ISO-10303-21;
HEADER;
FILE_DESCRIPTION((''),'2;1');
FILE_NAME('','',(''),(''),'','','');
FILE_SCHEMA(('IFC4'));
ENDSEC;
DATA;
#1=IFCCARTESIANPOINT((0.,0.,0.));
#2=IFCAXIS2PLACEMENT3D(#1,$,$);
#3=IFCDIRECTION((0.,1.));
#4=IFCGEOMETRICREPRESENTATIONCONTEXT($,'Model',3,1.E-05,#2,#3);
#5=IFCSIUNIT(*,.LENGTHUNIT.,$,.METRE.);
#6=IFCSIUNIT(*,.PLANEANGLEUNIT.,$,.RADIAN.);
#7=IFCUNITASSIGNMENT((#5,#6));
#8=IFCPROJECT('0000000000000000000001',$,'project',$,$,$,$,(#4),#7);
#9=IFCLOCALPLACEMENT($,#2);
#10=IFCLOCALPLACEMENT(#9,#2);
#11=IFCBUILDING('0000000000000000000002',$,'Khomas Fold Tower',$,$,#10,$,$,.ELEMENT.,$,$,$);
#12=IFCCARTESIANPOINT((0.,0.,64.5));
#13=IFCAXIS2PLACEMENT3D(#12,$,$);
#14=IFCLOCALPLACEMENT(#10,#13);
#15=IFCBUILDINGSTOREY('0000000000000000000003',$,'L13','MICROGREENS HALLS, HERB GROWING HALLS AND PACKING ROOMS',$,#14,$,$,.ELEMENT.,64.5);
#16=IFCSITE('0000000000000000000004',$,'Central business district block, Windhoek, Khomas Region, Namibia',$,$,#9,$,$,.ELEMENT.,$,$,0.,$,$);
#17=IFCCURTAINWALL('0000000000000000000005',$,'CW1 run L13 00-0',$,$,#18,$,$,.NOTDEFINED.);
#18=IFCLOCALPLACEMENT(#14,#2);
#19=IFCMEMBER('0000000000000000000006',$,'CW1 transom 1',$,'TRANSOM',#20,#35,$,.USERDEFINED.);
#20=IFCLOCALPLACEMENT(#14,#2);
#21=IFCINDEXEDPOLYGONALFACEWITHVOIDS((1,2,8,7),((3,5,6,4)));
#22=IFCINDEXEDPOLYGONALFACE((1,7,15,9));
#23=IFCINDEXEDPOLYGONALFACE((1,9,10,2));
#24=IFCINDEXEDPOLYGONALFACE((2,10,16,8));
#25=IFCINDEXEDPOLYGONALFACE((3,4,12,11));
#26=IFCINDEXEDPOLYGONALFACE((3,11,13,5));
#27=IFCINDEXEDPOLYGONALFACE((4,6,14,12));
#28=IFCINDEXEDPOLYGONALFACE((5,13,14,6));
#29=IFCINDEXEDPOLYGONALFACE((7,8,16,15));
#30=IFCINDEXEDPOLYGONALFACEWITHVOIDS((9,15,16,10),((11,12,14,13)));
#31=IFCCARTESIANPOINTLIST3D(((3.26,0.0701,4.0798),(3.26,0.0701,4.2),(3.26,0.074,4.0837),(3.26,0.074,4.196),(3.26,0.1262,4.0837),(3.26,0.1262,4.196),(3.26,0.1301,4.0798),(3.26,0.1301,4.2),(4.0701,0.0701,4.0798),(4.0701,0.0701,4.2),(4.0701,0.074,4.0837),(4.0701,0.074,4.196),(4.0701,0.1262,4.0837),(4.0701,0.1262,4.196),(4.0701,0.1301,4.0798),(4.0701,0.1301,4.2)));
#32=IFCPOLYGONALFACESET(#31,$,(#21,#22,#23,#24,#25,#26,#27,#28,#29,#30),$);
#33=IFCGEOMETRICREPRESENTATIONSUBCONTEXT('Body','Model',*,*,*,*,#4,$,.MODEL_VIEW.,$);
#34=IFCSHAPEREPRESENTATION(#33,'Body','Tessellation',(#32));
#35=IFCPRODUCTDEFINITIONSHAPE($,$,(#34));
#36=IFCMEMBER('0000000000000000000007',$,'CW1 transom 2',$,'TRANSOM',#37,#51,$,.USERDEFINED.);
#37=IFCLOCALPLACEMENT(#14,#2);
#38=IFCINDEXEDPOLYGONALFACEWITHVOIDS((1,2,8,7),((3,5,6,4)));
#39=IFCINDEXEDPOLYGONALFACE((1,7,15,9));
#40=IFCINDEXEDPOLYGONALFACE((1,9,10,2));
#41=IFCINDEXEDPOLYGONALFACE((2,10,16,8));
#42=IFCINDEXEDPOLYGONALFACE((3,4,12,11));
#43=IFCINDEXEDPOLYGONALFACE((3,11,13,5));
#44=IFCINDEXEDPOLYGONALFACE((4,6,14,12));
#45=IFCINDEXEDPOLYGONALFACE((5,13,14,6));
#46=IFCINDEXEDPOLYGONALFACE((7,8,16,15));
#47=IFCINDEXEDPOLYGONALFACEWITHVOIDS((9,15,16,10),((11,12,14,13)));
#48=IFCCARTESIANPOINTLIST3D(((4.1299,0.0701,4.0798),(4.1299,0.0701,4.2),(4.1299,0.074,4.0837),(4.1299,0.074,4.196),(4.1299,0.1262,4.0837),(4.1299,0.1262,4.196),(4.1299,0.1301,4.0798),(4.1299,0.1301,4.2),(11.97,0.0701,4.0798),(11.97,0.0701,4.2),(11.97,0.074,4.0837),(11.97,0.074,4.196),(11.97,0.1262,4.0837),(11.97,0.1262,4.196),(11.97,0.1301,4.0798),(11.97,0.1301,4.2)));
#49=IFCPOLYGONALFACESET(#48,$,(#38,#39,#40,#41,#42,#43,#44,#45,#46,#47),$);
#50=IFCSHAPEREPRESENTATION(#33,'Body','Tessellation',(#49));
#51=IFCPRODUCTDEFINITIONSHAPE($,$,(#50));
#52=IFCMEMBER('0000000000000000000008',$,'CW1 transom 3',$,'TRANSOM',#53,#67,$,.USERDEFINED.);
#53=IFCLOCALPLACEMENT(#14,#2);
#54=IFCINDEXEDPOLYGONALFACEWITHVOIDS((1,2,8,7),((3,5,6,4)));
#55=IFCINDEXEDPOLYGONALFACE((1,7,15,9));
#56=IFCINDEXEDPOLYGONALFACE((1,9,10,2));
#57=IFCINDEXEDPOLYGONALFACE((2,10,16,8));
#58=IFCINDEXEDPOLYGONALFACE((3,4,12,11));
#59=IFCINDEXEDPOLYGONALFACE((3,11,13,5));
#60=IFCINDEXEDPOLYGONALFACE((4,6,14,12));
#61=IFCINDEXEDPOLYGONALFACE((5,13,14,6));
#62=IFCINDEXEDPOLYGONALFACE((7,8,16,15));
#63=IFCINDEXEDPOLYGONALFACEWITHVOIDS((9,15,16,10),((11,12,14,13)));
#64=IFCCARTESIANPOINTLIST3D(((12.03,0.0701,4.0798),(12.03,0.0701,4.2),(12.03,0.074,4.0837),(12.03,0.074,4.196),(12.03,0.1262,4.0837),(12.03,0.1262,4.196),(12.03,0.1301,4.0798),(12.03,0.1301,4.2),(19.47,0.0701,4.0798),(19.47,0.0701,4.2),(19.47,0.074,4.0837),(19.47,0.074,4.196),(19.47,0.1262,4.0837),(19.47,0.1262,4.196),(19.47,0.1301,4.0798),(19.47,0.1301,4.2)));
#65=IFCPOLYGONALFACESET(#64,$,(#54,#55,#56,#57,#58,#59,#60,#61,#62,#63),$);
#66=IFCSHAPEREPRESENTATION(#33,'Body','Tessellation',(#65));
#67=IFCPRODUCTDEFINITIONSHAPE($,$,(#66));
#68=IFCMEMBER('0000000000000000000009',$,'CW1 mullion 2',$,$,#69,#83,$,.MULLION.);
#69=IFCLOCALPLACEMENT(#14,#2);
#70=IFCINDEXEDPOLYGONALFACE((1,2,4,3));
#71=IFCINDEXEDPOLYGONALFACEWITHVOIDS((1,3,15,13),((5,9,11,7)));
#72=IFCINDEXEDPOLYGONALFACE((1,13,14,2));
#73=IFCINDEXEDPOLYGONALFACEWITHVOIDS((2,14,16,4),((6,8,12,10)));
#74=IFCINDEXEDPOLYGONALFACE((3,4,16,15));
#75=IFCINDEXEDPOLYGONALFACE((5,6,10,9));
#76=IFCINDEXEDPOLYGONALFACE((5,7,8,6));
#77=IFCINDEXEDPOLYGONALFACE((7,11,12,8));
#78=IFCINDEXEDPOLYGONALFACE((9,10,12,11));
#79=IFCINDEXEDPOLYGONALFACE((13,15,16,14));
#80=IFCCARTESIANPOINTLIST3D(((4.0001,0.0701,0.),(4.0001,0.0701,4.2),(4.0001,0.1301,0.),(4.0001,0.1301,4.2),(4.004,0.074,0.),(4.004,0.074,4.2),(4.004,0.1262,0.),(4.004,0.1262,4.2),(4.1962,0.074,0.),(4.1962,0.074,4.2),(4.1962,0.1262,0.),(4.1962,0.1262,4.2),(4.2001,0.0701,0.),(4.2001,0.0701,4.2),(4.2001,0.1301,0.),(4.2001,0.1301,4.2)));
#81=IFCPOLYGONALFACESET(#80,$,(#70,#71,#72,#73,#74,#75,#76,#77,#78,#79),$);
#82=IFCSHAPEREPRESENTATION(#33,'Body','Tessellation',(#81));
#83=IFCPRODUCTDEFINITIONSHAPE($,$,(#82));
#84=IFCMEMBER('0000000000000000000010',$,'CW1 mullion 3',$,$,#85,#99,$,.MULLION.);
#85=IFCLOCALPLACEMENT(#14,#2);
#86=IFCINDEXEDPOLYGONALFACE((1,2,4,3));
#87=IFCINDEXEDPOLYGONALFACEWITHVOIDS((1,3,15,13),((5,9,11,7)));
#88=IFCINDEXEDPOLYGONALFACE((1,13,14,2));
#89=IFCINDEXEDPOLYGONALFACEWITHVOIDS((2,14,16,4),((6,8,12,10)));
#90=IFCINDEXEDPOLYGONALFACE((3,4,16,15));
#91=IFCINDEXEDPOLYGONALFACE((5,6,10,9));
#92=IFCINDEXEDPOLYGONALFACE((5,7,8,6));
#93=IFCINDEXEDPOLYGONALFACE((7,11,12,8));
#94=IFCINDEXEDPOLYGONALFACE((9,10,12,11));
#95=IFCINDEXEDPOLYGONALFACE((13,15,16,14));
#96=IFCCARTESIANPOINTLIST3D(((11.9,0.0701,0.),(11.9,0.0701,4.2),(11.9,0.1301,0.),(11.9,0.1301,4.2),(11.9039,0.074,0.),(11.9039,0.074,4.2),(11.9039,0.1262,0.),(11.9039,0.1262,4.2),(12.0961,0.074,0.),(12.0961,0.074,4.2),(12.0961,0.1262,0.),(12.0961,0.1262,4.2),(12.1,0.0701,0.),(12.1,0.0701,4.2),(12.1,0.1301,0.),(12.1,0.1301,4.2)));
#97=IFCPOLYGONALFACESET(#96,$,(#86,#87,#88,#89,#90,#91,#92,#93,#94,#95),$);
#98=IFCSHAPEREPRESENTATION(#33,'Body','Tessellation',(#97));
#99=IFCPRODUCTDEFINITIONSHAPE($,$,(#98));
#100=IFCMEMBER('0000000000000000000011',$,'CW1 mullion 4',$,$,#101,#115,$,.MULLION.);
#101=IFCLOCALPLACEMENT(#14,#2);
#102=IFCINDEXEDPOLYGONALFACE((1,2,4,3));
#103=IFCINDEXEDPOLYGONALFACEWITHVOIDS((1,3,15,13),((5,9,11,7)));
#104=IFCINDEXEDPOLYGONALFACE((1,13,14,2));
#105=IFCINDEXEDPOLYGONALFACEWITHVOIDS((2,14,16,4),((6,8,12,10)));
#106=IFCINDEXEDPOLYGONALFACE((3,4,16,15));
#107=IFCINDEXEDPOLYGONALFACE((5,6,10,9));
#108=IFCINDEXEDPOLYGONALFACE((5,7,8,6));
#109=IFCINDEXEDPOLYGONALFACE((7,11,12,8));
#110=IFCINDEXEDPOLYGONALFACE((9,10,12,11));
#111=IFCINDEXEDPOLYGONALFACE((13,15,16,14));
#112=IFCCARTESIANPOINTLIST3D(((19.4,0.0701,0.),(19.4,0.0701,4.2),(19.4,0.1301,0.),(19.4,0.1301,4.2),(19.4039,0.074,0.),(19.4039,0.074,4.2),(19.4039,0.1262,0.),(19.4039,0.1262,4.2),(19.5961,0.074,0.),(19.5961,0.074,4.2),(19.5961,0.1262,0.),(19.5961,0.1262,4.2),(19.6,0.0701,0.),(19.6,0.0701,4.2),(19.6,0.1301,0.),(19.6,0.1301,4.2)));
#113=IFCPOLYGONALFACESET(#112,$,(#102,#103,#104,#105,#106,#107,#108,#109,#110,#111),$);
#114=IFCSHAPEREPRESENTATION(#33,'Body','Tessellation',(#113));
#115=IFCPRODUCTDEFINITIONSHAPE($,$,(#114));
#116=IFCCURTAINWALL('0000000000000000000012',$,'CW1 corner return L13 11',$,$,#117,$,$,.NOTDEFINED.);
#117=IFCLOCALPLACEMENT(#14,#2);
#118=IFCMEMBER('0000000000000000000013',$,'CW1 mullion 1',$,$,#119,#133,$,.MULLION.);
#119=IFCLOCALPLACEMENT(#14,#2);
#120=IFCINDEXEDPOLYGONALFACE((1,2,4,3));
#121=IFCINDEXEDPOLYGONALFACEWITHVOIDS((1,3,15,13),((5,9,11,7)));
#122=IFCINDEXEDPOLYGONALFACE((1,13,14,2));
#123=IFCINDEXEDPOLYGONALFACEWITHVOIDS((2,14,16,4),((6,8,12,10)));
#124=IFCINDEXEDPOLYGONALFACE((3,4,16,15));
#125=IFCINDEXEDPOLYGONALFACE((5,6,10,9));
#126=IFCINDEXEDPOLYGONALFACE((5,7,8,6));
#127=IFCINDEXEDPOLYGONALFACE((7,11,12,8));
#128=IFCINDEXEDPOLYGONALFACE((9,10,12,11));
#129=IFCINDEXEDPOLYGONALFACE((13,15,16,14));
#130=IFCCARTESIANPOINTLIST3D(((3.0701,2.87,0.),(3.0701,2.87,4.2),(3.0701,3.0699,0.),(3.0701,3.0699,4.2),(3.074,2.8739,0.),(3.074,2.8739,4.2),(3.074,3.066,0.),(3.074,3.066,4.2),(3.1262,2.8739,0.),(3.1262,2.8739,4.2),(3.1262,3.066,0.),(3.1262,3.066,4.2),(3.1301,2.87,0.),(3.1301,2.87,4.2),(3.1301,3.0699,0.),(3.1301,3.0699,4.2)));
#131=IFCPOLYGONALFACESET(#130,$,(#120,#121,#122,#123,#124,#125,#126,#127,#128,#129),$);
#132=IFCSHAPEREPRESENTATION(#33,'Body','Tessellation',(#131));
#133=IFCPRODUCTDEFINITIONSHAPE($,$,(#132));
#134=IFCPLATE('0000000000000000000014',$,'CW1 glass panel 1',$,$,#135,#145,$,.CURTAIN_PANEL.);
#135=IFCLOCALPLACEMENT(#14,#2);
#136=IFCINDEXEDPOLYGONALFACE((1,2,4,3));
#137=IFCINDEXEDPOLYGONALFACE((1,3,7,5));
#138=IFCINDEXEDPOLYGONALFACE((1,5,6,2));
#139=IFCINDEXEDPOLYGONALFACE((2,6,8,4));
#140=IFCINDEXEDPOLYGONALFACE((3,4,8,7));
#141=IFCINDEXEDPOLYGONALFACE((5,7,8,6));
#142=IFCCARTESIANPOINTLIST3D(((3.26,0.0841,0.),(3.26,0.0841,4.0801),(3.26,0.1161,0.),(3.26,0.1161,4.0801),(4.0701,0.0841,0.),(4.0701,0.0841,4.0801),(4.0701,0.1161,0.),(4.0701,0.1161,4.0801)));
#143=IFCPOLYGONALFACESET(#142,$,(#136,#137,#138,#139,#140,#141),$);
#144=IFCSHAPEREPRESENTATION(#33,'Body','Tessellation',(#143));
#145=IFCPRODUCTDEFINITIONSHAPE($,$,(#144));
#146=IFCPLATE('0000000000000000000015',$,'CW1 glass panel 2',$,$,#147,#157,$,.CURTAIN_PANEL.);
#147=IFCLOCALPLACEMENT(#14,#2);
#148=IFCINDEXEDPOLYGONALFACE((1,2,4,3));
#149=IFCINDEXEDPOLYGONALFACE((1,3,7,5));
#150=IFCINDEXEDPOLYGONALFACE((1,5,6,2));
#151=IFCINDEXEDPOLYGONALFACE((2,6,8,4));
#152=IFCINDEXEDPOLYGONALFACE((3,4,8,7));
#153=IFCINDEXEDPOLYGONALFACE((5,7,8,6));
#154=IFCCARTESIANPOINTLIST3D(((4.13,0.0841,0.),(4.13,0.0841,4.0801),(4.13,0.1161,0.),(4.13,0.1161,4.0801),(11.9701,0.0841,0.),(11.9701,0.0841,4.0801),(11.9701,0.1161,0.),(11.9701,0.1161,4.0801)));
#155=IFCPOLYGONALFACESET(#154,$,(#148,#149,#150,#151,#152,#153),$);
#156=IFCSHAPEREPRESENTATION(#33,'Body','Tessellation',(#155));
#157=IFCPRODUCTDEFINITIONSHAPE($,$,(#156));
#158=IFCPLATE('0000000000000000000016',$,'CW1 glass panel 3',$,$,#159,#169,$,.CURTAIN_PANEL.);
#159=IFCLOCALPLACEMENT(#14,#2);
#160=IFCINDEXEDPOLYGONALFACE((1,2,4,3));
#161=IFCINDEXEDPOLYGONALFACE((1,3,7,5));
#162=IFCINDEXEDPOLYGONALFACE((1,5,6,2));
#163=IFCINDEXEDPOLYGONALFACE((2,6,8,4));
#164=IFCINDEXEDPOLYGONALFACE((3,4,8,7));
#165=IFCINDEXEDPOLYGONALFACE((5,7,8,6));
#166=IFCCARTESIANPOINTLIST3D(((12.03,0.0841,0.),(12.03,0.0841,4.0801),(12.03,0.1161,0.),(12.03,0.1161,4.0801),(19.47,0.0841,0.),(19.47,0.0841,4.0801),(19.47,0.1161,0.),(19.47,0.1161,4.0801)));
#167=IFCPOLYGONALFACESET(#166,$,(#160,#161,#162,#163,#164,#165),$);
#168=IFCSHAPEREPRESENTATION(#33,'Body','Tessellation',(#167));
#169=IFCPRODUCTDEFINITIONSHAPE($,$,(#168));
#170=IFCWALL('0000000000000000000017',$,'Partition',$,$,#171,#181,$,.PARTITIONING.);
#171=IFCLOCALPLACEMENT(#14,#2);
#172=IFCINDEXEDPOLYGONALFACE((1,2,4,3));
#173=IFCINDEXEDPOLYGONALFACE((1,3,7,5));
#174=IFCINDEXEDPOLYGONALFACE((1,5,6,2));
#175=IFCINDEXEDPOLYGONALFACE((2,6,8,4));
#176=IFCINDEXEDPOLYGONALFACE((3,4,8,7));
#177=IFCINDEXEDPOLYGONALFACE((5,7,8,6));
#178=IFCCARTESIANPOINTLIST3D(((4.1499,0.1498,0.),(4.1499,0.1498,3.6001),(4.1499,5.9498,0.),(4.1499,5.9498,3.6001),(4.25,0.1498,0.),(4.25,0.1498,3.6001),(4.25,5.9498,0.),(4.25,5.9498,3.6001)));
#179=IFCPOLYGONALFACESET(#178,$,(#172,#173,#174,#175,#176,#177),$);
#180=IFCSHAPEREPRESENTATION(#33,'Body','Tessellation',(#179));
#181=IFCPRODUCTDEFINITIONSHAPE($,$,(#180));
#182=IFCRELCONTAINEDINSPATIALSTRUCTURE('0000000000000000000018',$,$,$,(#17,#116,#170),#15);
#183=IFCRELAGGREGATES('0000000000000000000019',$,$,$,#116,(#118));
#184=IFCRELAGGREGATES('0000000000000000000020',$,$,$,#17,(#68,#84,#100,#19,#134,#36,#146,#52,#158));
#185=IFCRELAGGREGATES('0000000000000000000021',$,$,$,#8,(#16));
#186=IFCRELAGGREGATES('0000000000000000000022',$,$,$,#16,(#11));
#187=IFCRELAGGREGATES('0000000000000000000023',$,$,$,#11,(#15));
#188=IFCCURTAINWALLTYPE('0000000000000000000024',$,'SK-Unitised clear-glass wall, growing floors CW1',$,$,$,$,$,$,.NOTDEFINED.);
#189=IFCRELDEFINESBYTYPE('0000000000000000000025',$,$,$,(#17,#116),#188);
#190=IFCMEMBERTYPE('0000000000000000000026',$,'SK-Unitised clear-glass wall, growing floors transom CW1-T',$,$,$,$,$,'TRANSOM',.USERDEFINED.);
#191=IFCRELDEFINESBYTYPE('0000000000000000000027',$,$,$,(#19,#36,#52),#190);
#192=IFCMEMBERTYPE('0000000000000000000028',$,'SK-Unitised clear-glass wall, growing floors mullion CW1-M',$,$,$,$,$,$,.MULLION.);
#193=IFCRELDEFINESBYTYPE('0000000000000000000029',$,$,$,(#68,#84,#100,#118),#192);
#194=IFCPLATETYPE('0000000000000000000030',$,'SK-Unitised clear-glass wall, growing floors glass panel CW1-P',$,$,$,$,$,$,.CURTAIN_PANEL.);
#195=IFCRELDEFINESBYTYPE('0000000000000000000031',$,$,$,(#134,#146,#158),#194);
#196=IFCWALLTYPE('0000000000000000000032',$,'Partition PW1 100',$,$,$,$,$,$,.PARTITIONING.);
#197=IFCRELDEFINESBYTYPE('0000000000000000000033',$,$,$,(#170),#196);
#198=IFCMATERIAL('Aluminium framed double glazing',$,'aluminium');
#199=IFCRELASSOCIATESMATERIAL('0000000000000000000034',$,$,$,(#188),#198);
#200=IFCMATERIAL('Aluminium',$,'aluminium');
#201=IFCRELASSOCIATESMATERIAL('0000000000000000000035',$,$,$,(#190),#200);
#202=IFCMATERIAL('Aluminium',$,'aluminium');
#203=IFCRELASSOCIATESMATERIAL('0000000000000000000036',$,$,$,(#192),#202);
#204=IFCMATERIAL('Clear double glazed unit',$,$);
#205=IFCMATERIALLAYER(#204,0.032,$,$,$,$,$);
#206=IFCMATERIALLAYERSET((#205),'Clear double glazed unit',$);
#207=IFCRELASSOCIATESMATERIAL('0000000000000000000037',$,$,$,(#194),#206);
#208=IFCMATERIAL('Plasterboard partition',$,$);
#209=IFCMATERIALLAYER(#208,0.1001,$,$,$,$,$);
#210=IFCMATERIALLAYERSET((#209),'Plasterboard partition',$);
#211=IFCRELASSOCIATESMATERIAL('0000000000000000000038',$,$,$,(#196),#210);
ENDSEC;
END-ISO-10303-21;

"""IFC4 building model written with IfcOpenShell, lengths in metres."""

from ifc_helpers import new_model, si_unit, direction, frame, frame_2d, origin, origin_2d, place, context, subcontext, project, spatial, rectangle, hollow_rectangle, extrude, source, transform, mapped, material, layer, layer_set, material_profile, profile_set, type_object, element, aggregate, save


model = new_model("IFC4")

# Units and contexts
model_context = context("Model", 3, precision=1e-05, world=origin(), true_north=direction((0.0, 1.0)))
body_context = subcontext(model_context, "Body", "Model", "MODEL_VIEW")
ifc_project = project(units=[si_unit("LENGTHUNIT", "METRE"), si_unit("PLANEANGLEUNIT", "RADIAN")], contexts=[model_context])

# Site, building, storey
site_placement = place(None, origin())
site = spatial("IfcSite", under=ifc_project, at=site_placement, Name="Central business district block, Windhoek, Khomas Region, Namibia", CompositionType="ELEMENT", RefElevation=0.0)
building_placement = place(site_placement, origin())
building = spatial("IfcBuilding", under=site, at=building_placement, Name="Khomas Fold Tower", CompositionType="ELEMENT")
storey_placement = place(building_placement, frame((0.0, 0.0, 64.5)))
storey = spatial("IfcBuildingStorey", under=building, at=storey_placement, Name="L13", Description="MICROGREENS HALLS, HERB GROWING HALLS AND PACKING ROOMS", CompositionType="ELEMENT", Elevation=64.5)

# Curtain wall, members
ifc_material_1 = material(Name="Aluminium framed double glazing", Category="aluminium")
curtain_wall_type = type_object("IfcCurtainWallType", Name="SK-Unitised clear-glass wall, growing floors CW1", PredefinedType="NOTDEFINED", material=ifc_material_1)
curtain_wall_1_placement = place(storey_placement, origin())
curtain_wall_1 = element("IfcCurtainWall", 1, at=curtain_wall_1_placement, inside=storey, type_object=curtain_wall_type, Name="CW1 run L13 00-0", PredefinedType="NOTDEFINED")
ifc_material_2 = material(Name="Aluminium", Category="aluminium")
ifc_material_profile_1 = material_profile(ifc_material_2, hollow_rectangle(XDim=0.0601, YDim=0.1201, WallThickness=0.0039, at=origin_2d()), Name="SK-Unitised clear-glass wall, growing floors transom CW1-T")
ifc_profile_set_1 = profile_set([ifc_material_profile_1], Name="Aluminium")
member_type_1 = type_object("IfcMemberType", Name="SK-Unitised clear-glass wall, growing floors transom CW1-T", ElementType="TRANSOM", PredefinedType="USERDEFINED", material=ifc_profile_set_1)
shared_shape_1 = source(origin(), body_context, "Body", "SweptSolid", [
    extrude(hollow_rectangle(XDim=0.0601, YDim=0.1201, WallThickness=0.0039, at=origin_2d()), origin(), (0.0, 0.0, 1.0), 0.8101),
])
member_1_placement = place(storey_placement, frame((3.26, 0.1001, 4.1399), z_axis=(1.0, 0.0, 0.0), x_axis=(0.0, 1.0, 0.0)))
member_1 = element("IfcMember", 2, at=member_1_placement, type_object=member_type_1, Name="CW1 transom 1", ObjectType="TRANSOM", PredefinedType="USERDEFINED", context=body_context, shape_type="MappedRepresentation", body=[
    mapped(shared_shape_1, transform((0.0, 0.0, 0.0))),
])
shared_shape_2 = source(origin(), body_context, "Body", "SweptSolid", [
    extrude(hollow_rectangle(XDim=0.0601, YDim=0.1201, WallThickness=0.0039, at=origin_2d()), origin(), (0.0, 0.0, 1.0), 7.8401),
])
member_2_placement = place(storey_placement, frame((4.1299, 0.1001, 4.1399), z_axis=(1.0, 0.0, 0.0), x_axis=(0.0, 1.0, 0.0)))
member_2 = element("IfcMember", 3, at=member_2_placement, type_object=member_type_1, Name="CW1 transom 2", ObjectType="TRANSOM", PredefinedType="USERDEFINED", context=body_context, shape_type="MappedRepresentation", body=[
    mapped(shared_shape_2, transform((0.0, 0.0, 0.0))),
])
shared_shape_3 = source(origin(), body_context, "Body", "SweptSolid", [
    extrude(hollow_rectangle(XDim=0.0601, YDim=0.1201, WallThickness=0.0039, at=origin_2d()), origin(), (0.0, 0.0, 1.0), 7.4399),
])
member_3_placement = place(storey_placement, frame((12.03, 0.1001, 4.1399), z_axis=(1.0, 0.0, 0.0), x_axis=(0.0, 1.0, 0.0)))
member_3 = element("IfcMember", 4, at=member_3_placement, type_object=member_type_1, Name="CW1 transom 3", ObjectType="TRANSOM", PredefinedType="USERDEFINED", context=body_context, shape_type="MappedRepresentation", body=[
    mapped(shared_shape_3, transform((0.0, 0.0, 0.0))),
])
ifc_material_3 = material(Name="Aluminium", Category="aluminium")
ifc_material_profile_2 = material_profile(ifc_material_3, hollow_rectangle(XDim=0.0601, YDim=0.2, WallThickness=0.0039, at=origin_2d()), Name="SK-Unitised clear-glass wall, growing floors mullion CW1-M")
ifc_profile_set_2 = profile_set([ifc_material_profile_2], Name="Aluminium")
member_type_2 = type_object("IfcMemberType", Name="SK-Unitised clear-glass wall, growing floors mullion CW1-M", PredefinedType="MULLION", material=ifc_profile_set_2)
shared_shape_4 = source(origin(), body_context, "Body", "SweptSolid", [
    extrude(hollow_rectangle(XDim=0.0601, YDim=0.2, WallThickness=0.0039, at=origin_2d()), origin(), (0.0, 0.0, 1.0), 4.2),
])
member_4_placement = place(storey_placement, frame((4.1001, 0.1001, 0.0), z_axis=(0.0, 0.0, 1.0), x_axis=(0.0, 1.0, 0.0)))
member_4 = element("IfcMember", 5, at=member_4_placement, type_object=member_type_2, Name="CW1 mullion 2", PredefinedType="MULLION", context=body_context, shape_type="MappedRepresentation", body=[
    mapped(shared_shape_4, transform((0.0, 0.0, 0.0))),
])
member_5_placement = place(storey_placement, frame((12.0, 0.1001, 0.0), z_axis=(0.0, 0.0, 1.0), x_axis=(0.0, 1.0, 0.0)))
member_5 = element("IfcMember", 6, at=member_5_placement, type_object=member_type_2, Name="CW1 mullion 3", PredefinedType="MULLION", context=body_context, shape_type="MappedRepresentation", body=[
    mapped(shared_shape_4, transform((0.0, 0.0, 0.0))),
])
member_6_placement = place(storey_placement, frame((19.5, 0.1001, 0.0), z_axis=(0.0, 0.0, 1.0), x_axis=(0.0, 1.0, 0.0)))
member_6 = element("IfcMember", 7, at=member_6_placement, type_object=member_type_2, Name="CW1 mullion 4", PredefinedType="MULLION", context=body_context, shape_type="MappedRepresentation", body=[
    mapped(shared_shape_4, transform((0.0, 0.0, 0.0))),
])

# Curtain wall, member
curtain_wall_2_placement = place(storey_placement, origin())
curtain_wall_2 = element("IfcCurtainWall", 8, at=curtain_wall_2_placement, inside=storey, type_object=curtain_wall_type, Name="CW1 corner return L13 11", PredefinedType="NOTDEFINED")
member_7_placement = place(storey_placement, frame((3.1001, 2.97, 0.0), z_axis=(0.0, 0.0, 1.0), x_axis=(1.0, 0.0, 0.0)))
member_7 = element("IfcMember", 9, at=member_7_placement, type_object=member_type_2, Name="CW1 mullion 1", PredefinedType="MULLION", context=body_context, shape_type="MappedRepresentation", body=[
    mapped(shared_shape_4, transform((0.0, 0.0, 0.0))),
])
aggregate(curtain_wall_2, [member_7])

# Plates
ifc_material_4 = material(Name="Clear double glazed unit")
ifc_layer_1 = layer(ifc_material_4, 0.032)
ifc_layer_set_1 = layer_set([ifc_layer_1], Name="Clear double glazed unit")
plate_type = type_object("IfcPlateType", Name="SK-Unitised clear-glass wall, growing floors glass panel CW1-P", PredefinedType="CURTAIN_PANEL", material=ifc_layer_set_1)
shared_shape_5 = source(origin(), body_context, "Body", "SweptSolid", [
    extrude(rectangle(XDim=0.8101, YDim=0.032, at=origin_2d()), origin(), (0.0, 0.0, 1.0), 4.0801),
])
plate_1_placement = place(storey_placement, frame((3.665, 0.1001, 0.0), z_axis=(0.0, 0.0, 1.0), x_axis=(1.0, 0.0, 0.0)))
plate_1 = element("IfcPlate", 10, at=plate_1_placement, type_object=plate_type, Name="CW1 glass panel 1", PredefinedType="CURTAIN_PANEL", context=body_context, shape_type="MappedRepresentation", body=[
    mapped(shared_shape_5, transform((0.0, 0.0, 0.0))),
])
shared_shape_6 = source(origin(), body_context, "Body", "SweptSolid", [
    extrude(rectangle(XDim=7.8401, YDim=0.032, at=origin_2d()), origin(), (0.0, 0.0, 1.0), 4.0801),
])
plate_2_placement = place(storey_placement, frame((8.05, 0.1001, 0.0), z_axis=(0.0, 0.0, 1.0), x_axis=(1.0, 0.0, 0.0)))
plate_2 = element("IfcPlate", 11, at=plate_2_placement, type_object=plate_type, Name="CW1 glass panel 2", PredefinedType="CURTAIN_PANEL", context=body_context, shape_type="MappedRepresentation", body=[
    mapped(shared_shape_6, transform((0.0, 0.0, 0.0))),
])
shared_shape_7 = source(origin(), body_context, "Body", "SweptSolid", [
    extrude(rectangle(XDim=7.4399, YDim=0.032, at=origin_2d()), origin(), (0.0, 0.0, 1.0), 4.0801),
])
plate_3_placement = place(storey_placement, frame((15.75, 0.1001, 0.0), z_axis=(0.0, 0.0, 1.0), x_axis=(1.0, 0.0, 0.0)))
plate_3 = element("IfcPlate", 12, at=plate_3_placement, type_object=plate_type, Name="CW1 glass panel 3", PredefinedType="CURTAIN_PANEL", context=body_context, shape_type="MappedRepresentation", body=[
    mapped(shared_shape_7, transform((0.0, 0.0, 0.0))),
])
aggregate(curtain_wall_1, [member_4, member_5, member_6, member_1, plate_1, member_2, plate_2, member_3, plate_3])

# Wall
ifc_material_5 = material(Name="Plasterboard partition")
ifc_layer_2 = layer(ifc_material_5, 0.1001)
ifc_layer_set_2 = layer_set([ifc_layer_2], Name="Plasterboard partition")
wall_type_1 = type_object("IfcWallType", Name="Partition PW1 100", PredefinedType="PARTITIONING", material=ifc_layer_set_2)
shared_shape_8 = source(origin(), body_context, "Body", "SweptSolid", [
    extrude(rectangle(XDim=5.8, YDim=0.1001, at=frame_2d((2.8999, 0.0))), origin(), (0.0, 0.0, 1.0), 3.6001),
])
wall_1_placement = place(storey_placement, frame((4.2, 0.1499, 0.0), z_axis=(0.0, 0.0, 1.0), x_axis=(0.0, 1.0, 0.0)))
element("IfcWall", 13, at=wall_1_placement, inside=storey, type_object=wall_type_1, Name="Partition", PredefinedType="PARTITIONING", context=body_context, shape_type="MappedRepresentation", body=[
    mapped(shared_shape_8, transform((0.0, 0.0, 0.0))),
])

save(model, "model.ifc")
